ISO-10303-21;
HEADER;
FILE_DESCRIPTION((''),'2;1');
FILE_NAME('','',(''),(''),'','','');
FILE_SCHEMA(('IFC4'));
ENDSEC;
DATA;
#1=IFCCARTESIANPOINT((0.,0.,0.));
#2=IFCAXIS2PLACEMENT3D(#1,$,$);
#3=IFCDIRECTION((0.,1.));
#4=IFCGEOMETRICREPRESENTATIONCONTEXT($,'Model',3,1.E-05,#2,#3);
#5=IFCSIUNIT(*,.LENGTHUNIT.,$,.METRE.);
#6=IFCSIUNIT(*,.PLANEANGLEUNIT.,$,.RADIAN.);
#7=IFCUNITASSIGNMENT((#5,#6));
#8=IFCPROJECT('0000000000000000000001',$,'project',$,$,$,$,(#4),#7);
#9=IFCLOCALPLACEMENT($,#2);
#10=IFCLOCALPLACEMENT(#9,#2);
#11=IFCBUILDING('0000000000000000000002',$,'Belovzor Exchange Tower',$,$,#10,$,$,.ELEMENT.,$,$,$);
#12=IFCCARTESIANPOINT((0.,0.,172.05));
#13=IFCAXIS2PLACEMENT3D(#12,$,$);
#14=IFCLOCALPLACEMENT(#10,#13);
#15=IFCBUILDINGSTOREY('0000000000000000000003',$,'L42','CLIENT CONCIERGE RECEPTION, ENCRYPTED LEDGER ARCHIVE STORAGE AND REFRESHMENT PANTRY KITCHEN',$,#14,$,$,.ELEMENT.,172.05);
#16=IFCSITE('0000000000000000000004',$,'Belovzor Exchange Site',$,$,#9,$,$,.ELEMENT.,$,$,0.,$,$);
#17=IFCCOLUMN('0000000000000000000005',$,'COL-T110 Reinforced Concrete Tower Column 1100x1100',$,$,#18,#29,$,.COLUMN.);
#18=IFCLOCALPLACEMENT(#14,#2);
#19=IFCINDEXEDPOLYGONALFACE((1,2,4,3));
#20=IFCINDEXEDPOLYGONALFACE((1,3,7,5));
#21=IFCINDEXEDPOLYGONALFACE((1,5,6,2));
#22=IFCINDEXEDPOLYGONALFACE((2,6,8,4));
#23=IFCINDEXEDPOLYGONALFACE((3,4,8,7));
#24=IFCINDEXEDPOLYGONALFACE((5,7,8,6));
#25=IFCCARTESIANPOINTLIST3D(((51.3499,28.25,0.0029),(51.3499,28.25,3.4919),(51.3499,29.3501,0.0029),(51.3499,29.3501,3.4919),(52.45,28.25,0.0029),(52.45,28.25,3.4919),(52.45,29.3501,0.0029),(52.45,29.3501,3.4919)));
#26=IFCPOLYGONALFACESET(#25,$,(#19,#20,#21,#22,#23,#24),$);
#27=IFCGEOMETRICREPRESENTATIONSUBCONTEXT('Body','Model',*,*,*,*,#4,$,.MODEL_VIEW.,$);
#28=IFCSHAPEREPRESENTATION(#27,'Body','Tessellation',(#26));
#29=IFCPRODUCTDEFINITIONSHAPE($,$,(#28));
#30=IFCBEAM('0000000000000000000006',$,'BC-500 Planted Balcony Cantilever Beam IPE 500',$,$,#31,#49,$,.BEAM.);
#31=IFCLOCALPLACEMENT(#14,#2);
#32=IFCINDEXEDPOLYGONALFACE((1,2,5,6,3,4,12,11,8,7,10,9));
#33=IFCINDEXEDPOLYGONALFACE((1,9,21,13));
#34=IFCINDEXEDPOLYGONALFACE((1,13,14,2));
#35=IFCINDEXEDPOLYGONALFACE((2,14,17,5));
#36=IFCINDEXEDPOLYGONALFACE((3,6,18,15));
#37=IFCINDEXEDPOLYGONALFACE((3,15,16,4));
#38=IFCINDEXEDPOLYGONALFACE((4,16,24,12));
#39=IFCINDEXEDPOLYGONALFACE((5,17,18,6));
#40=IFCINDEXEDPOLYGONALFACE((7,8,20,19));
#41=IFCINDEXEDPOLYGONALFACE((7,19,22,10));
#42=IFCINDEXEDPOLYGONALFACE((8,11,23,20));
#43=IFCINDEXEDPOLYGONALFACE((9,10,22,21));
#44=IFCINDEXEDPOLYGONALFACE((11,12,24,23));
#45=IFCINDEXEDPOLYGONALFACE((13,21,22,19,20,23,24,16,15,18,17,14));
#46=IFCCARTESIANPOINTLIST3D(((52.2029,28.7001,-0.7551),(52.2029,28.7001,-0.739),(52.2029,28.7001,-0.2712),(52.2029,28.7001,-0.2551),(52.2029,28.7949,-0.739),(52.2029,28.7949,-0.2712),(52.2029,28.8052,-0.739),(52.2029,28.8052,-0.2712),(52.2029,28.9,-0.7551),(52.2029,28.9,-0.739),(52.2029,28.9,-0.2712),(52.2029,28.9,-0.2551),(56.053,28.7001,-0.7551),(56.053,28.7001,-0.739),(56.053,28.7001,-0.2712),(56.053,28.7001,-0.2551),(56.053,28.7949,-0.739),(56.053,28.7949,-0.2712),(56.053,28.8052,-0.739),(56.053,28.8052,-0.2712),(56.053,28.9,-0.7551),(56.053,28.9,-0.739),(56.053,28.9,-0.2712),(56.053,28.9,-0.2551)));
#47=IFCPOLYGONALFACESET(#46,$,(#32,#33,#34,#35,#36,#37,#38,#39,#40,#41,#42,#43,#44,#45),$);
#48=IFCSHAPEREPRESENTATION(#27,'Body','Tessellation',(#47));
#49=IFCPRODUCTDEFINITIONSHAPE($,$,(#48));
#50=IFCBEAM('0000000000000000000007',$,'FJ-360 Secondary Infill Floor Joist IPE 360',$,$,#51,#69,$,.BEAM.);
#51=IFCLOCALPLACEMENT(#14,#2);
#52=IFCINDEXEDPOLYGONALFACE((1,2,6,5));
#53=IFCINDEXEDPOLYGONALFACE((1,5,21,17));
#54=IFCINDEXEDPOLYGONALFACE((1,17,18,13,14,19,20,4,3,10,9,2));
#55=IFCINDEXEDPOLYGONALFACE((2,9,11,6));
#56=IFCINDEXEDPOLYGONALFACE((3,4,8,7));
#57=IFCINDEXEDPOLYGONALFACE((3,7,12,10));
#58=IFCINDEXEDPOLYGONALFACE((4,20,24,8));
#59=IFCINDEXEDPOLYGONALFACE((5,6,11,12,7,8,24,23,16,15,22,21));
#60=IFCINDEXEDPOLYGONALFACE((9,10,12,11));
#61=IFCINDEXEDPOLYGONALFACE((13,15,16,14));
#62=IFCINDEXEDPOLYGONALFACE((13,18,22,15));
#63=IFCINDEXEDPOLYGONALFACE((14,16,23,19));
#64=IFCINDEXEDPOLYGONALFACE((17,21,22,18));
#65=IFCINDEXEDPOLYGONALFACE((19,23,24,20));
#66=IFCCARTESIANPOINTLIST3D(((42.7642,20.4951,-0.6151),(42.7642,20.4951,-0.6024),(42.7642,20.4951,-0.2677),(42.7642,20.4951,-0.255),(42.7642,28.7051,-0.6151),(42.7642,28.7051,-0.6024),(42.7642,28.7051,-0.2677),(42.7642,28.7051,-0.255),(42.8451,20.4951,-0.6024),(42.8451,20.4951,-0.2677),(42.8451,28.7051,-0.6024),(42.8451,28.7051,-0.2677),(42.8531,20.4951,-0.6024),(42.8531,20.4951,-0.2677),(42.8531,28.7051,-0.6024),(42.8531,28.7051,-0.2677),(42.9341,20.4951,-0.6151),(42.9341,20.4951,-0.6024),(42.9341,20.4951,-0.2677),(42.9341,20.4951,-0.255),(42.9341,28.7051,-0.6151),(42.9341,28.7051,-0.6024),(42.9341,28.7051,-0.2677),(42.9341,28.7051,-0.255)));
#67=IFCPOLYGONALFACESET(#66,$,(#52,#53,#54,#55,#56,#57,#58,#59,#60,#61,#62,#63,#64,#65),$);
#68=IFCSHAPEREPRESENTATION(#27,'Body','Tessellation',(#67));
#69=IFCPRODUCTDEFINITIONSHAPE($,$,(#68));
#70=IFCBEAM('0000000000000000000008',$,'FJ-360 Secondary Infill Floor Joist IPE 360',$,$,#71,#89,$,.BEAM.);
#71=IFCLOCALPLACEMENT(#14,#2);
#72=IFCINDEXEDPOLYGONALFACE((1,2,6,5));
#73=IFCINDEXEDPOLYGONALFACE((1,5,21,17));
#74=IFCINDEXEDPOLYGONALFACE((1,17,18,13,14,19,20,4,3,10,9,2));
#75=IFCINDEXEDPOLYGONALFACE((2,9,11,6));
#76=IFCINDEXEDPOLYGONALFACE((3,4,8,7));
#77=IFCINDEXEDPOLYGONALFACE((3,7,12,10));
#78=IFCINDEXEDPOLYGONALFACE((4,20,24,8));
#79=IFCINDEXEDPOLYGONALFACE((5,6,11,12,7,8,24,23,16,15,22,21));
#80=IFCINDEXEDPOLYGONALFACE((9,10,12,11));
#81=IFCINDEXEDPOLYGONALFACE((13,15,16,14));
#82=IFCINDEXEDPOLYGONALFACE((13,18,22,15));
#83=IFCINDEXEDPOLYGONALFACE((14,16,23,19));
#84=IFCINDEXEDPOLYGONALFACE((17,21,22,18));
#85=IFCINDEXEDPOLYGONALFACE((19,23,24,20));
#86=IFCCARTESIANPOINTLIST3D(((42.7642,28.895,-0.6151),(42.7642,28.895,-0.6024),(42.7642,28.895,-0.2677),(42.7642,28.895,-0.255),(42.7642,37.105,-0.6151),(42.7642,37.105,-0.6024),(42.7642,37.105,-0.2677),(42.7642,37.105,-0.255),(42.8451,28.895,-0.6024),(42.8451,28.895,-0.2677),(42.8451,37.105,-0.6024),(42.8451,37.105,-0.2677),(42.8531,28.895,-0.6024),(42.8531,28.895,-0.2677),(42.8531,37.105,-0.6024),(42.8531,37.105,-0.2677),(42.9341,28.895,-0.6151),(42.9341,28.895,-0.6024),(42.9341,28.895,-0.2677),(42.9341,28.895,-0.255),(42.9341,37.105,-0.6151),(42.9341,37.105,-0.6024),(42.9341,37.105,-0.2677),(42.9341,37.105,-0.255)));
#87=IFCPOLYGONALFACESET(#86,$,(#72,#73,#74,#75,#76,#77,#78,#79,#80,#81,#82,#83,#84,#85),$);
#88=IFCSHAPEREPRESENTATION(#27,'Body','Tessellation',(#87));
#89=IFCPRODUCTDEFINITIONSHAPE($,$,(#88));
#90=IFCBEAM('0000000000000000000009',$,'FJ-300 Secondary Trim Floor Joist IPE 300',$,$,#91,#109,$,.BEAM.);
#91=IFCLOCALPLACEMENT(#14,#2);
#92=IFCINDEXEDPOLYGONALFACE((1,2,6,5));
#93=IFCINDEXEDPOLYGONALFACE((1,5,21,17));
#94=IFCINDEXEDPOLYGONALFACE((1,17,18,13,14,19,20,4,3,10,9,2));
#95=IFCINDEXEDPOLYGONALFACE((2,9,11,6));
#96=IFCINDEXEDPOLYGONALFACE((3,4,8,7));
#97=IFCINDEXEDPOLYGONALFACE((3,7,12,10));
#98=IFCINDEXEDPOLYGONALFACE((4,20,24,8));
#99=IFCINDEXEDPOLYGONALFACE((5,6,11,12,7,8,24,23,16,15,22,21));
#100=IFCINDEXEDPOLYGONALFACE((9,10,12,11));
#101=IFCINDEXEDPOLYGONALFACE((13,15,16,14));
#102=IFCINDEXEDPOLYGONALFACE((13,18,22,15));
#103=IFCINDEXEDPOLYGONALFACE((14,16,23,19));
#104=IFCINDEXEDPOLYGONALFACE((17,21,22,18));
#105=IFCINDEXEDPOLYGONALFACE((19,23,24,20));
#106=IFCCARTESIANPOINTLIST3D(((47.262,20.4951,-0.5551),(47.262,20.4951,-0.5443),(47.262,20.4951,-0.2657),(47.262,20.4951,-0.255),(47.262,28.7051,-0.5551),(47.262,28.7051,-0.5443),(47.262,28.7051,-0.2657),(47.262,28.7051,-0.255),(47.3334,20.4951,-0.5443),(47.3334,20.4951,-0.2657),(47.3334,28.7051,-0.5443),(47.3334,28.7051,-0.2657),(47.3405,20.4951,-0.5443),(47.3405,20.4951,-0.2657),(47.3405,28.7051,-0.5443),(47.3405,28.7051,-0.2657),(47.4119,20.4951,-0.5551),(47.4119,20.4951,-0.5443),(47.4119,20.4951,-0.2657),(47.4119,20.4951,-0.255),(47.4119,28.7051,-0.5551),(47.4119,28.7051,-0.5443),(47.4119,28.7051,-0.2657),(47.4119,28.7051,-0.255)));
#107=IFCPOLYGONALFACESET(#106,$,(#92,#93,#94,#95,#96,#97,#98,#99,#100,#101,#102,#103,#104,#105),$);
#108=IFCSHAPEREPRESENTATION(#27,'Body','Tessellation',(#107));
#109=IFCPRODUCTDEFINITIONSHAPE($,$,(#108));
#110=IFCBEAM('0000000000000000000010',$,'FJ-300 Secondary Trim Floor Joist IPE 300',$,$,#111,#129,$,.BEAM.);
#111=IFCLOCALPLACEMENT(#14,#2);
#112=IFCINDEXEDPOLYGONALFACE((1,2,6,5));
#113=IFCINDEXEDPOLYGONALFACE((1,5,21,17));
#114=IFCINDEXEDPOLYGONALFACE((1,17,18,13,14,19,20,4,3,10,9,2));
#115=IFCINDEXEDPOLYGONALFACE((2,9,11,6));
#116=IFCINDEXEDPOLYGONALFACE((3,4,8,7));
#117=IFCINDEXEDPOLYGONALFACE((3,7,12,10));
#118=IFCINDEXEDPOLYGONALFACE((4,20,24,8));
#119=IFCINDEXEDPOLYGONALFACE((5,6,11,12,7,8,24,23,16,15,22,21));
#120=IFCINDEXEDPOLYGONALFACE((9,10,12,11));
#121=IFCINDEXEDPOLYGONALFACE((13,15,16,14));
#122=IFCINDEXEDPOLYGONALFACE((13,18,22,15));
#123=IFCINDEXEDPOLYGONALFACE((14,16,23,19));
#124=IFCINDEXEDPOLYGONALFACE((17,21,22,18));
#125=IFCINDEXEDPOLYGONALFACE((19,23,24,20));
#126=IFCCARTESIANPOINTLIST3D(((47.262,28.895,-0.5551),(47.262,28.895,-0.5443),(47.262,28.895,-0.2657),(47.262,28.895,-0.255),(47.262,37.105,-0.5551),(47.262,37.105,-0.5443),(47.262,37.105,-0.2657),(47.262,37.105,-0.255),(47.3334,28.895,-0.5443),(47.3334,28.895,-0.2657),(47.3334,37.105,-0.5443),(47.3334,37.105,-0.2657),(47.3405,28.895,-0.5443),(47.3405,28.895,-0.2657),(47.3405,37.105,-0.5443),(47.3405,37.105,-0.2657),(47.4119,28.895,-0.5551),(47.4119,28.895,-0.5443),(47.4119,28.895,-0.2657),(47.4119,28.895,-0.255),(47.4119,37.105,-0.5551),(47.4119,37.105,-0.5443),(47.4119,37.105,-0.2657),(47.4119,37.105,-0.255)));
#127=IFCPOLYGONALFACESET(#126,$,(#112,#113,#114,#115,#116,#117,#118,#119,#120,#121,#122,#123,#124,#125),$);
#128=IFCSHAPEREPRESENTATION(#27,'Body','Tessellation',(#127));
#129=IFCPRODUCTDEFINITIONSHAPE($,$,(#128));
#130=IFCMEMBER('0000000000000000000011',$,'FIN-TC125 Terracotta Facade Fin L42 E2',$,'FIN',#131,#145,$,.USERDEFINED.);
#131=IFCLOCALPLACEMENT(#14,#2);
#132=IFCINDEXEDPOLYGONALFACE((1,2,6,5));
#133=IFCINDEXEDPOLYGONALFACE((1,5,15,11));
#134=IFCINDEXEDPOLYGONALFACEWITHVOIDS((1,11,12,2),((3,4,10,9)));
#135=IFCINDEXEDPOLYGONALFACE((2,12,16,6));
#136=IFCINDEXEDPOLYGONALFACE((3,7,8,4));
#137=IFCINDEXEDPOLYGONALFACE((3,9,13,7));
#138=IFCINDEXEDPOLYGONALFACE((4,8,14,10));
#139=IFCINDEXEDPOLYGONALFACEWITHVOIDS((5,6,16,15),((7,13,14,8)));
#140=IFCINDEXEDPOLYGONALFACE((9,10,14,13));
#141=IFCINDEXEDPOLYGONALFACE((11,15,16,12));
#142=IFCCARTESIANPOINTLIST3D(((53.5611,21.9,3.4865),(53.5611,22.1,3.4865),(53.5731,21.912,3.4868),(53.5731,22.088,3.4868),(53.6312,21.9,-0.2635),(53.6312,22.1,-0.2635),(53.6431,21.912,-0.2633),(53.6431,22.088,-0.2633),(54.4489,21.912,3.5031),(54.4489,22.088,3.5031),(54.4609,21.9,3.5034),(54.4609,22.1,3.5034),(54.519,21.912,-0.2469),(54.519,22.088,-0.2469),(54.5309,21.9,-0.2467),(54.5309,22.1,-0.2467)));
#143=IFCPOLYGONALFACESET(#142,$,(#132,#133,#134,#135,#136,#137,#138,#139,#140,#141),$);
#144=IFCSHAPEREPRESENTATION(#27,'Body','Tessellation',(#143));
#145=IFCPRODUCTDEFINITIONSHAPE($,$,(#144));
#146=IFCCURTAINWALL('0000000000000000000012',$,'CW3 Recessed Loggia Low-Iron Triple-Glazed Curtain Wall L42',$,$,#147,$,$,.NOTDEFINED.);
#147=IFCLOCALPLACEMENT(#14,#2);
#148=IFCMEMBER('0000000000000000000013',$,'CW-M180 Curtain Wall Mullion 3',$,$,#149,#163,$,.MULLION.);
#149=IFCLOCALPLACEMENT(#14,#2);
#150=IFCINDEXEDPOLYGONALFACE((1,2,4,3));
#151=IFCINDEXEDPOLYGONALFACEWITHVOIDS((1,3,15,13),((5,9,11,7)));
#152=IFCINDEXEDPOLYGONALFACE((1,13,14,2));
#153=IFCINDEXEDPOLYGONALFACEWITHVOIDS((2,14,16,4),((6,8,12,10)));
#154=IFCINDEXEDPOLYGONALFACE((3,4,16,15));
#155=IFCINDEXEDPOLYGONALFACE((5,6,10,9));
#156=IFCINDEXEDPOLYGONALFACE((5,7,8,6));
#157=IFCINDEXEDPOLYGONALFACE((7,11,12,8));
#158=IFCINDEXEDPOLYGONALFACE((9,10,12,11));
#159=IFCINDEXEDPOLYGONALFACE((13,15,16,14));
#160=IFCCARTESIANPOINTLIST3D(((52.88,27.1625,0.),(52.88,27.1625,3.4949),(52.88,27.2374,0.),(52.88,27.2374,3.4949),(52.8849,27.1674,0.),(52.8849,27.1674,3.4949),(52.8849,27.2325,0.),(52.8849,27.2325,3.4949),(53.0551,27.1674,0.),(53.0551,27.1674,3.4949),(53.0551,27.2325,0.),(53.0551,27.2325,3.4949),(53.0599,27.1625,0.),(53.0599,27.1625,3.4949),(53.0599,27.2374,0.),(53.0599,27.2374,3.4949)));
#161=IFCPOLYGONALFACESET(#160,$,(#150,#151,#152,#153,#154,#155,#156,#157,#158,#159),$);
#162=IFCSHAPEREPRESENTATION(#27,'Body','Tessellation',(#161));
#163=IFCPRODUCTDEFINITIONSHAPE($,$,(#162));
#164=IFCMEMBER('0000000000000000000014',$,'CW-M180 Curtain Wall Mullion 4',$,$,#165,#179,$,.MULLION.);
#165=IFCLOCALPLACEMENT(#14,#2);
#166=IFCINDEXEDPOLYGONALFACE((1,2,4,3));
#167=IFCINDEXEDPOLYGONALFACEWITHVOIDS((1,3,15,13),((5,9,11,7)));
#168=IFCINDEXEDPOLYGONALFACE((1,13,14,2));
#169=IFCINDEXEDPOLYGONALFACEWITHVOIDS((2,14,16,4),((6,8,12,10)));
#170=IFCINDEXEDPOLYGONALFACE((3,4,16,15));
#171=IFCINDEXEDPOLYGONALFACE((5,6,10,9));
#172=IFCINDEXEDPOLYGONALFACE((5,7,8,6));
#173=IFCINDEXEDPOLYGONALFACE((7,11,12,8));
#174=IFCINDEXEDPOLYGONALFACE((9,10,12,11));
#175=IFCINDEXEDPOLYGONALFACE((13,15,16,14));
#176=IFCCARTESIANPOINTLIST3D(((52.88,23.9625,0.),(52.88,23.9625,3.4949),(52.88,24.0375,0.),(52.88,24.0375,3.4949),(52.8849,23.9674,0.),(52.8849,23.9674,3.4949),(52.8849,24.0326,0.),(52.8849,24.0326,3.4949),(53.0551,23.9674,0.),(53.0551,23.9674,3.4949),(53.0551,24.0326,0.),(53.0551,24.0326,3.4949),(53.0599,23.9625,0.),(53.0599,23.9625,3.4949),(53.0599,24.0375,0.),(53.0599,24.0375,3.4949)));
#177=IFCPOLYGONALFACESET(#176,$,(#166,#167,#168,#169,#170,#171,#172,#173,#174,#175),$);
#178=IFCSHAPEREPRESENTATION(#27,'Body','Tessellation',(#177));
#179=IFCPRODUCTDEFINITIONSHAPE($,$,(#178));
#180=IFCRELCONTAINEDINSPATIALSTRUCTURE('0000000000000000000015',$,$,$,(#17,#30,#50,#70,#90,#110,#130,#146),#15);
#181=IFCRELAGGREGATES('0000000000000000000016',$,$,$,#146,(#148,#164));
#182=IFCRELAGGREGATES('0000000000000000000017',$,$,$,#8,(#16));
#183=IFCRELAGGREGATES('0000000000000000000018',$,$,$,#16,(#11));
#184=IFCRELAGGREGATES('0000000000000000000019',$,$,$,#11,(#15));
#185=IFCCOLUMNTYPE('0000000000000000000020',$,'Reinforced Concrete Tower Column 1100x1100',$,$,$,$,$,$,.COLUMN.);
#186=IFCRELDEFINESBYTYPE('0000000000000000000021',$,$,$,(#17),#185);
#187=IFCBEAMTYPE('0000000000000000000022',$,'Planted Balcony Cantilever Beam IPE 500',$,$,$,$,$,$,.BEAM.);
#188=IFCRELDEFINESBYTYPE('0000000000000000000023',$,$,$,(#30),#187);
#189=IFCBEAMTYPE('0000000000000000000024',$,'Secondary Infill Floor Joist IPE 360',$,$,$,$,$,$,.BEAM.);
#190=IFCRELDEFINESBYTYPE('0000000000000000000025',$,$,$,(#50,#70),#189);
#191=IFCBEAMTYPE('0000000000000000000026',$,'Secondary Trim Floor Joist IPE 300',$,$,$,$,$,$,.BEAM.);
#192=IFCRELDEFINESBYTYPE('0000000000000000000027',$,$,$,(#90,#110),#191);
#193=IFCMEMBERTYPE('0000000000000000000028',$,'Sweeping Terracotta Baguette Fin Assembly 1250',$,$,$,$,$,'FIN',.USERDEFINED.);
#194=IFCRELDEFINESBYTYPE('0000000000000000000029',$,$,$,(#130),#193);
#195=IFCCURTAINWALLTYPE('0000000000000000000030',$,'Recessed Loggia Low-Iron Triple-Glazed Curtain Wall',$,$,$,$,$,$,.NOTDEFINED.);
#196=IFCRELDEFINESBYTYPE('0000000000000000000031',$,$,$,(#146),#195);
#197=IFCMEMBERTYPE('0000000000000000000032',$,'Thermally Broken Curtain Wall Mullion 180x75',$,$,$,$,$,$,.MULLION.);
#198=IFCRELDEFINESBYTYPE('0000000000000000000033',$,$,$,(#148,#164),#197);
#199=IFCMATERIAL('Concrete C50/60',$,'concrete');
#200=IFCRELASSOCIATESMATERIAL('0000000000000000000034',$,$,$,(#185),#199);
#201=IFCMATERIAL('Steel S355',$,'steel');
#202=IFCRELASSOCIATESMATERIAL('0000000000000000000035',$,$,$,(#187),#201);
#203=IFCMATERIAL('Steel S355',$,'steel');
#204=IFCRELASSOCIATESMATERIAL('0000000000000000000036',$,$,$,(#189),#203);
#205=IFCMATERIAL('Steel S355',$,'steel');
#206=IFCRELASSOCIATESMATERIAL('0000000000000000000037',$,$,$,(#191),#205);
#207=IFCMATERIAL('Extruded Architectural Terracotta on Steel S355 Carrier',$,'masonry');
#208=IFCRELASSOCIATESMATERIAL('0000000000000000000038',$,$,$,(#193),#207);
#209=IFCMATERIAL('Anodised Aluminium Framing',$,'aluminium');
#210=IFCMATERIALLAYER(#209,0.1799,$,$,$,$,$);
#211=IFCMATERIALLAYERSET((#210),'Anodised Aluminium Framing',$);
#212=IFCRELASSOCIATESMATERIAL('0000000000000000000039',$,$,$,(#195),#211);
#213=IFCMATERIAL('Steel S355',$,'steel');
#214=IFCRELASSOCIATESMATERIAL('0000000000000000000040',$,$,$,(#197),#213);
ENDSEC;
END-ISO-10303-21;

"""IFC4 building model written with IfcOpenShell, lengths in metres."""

from ifc_helpers import new_model, si_unit, direction, frame, origin, origin_2d, place, context, subcontext, project, spatial, rectangle, hollow_rectangle, i_section, extrude, material, layer, layer_set, material_profile, profile_set, type_object, element, aggregate, save


model = new_model("IFC4")

# Units and contexts
model_context = context("Model", 3, precision=1e-05, world=origin(), true_north=direction((0.0, 1.0)))
body_context = subcontext(model_context, "Body", "Model", "MODEL_VIEW")
ifc_project = project(units=[si_unit("LENGTHUNIT", "METRE"), si_unit("PLANEANGLEUNIT", "RADIAN")], contexts=[model_context])

# Site, building, storey
site_placement = place(None, origin())
site = spatial("IfcSite", under=ifc_project, at=site_placement, Name="Belovzor Exchange Site", CompositionType="ELEMENT", RefElevation=0.0)
building_placement = place(site_placement, origin())
building = spatial("IfcBuilding", under=site, at=building_placement, Name="Belovzor Exchange Tower", CompositionType="ELEMENT")
storey_placement = place(building_placement, frame((0.0, 0.0, 172.05)))
storey = spatial("IfcBuildingStorey", under=building, at=storey_placement, Name="L42", Description="CLIENT CONCIERGE RECEPTION, ENCRYPTED LEDGER ARCHIVE STORAGE AND REFRESHMENT PANTRY KITCHEN", CompositionType="ELEMENT", Elevation=172.05)

# Column
ifc_material_1 = material(Name="Concrete C50/60", Category="concrete")
ifc_material_profile_1 = material_profile(ifc_material_1, rectangle(XDim=1.1001, YDim=1.1001, at=origin_2d()))
ifc_profile_set_1 = profile_set([ifc_material_profile_1], Name="Concrete C50/60")
column_type = type_object("IfcColumnType", Name="Reinforced Concrete Tower Column 1100x1100", PredefinedType="COLUMN", material=ifc_profile_set_1)
column_placement = place(storey_placement, frame((51.8999, 28.8, 0.0029), z_axis=(0.0, 0.0, 1.0), x_axis=(1.0, 0.0, 0.0)))
element("IfcColumn", 1, at=column_placement, inside=storey, type_object=column_type, Name="COL-T110 Reinforced Concrete Tower Column 1100x1100", PredefinedType="COLUMN", context=body_context, shape_type="SweptSolid", body=[
    extrude(rectangle(XDim=1.1001, YDim=1.1001, at=origin_2d()), origin(), (0.0, 0.0, 1.0), 3.489),
])

# Beams
ifc_material_2 = material(Name="Steel S355", Category="steel")
ifc_material_profile_2 = material_profile(ifc_material_2, i_section(OverallWidth=0.2, OverallDepth=0.5, WebThickness=0.0103, FlangeThickness=0.0161, at=origin_2d()))
ifc_profile_set_2 = profile_set([ifc_material_profile_2], Name="Steel S355")
beam_type_1 = type_object("IfcBeamType", Name="Planted Balcony Cantilever Beam IPE 500", PredefinedType="BEAM", material=ifc_profile_set_2)
beam_placement = place(storey_placement, frame((52.2029, 28.8, -0.5051), z_axis=(1.0, 0.0, 0.0), x_axis=(0.0, 1.0, 0.0)))
element("IfcBeam", 2, at=beam_placement, inside=storey, type_object=beam_type_1, Name="BC-500 Planted Balcony Cantilever Beam IPE 500", PredefinedType="BEAM", context=body_context, shape_type="SweptSolid", body=[
    extrude(i_section(OverallWidth=0.2, OverallDepth=0.5, WebThickness=0.0103, FlangeThickness=0.0161, at=origin_2d()), origin(), (0.0, 0.0, 1.0), 3.8501),
])
ifc_material_3 = material(Name="Steel S355", Category="steel")
ifc_material_profile_3 = material_profile(ifc_material_3, i_section(OverallWidth=0.1699, OverallDepth=0.3601, WebThickness=0.0081, FlangeThickness=0.0127, at=origin_2d()))
ifc_profile_set_3 = profile_set([ifc_material_profile_3], Name="Steel S355")
beam_type_2 = type_object("IfcBeamType", Name="Secondary Infill Floor Joist IPE 360", PredefinedType="BEAM", material=ifc_profile_set_3)
for number, where, z_axis, x_axis, name in (
    (3, (42.8491, 20.4951, -0.4351), (0.0, 1.0, 0.0), (-1.0, 0.0, 0.0), "FJ-360 Secondary Infill Floor Joist IPE 360"),
    (4, (42.8491, 28.895, -0.4351), (0.0, 1.0, 0.0), (-1.0, 0.0, 0.0), "FJ-360 Secondary Infill Floor Joist IPE 360"),
):
    element("IfcBeam", number, at=place(storey_placement, frame(where, z_axis=z_axis, x_axis=x_axis)), inside=storey, type_object=beam_type_2, Name=name, PredefinedType="BEAM", context=body_context, shape_type="SweptSolid", body=[
        extrude(i_section(OverallWidth=0.1699, OverallDepth=0.3601, WebThickness=0.0081, FlangeThickness=0.0127, at=origin_2d()), origin(), (0.0, 0.0, 1.0), 8.21),
    ])
ifc_material_4 = material(Name="Steel S355", Category="steel")
ifc_material_profile_4 = material_profile(ifc_material_4, i_section(OverallWidth=0.1499, OverallDepth=0.3, WebThickness=0.0071, FlangeThickness=0.0107, at=origin_2d()))
ifc_profile_set_4 = profile_set([ifc_material_profile_4], Name="Steel S355")
beam_type_3 = type_object("IfcBeamType", Name="Secondary Trim Floor Joist IPE 300", PredefinedType="BEAM", material=ifc_profile_set_4)
for number, where, z_axis, x_axis, name in (
    (5, (47.3369, 20.4951, -0.405), (0.0, 1.0, 0.0), (-1.0, 0.0, 0.0), "FJ-300 Secondary Trim Floor Joist IPE 300"),
    (6, (47.3369, 28.895, -0.405), (0.0, 1.0, 0.0), (-1.0, 0.0, 0.0), "FJ-300 Secondary Trim Floor Joist IPE 300"),
):
    element("IfcBeam", number, at=place(storey_placement, frame(where, z_axis=z_axis, x_axis=x_axis)), inside=storey, type_object=beam_type_3, Name=name, PredefinedType="BEAM", context=body_context, shape_type="SweptSolid", body=[
        extrude(i_section(OverallWidth=0.1499, OverallDepth=0.3, WebThickness=0.0071, FlangeThickness=0.0107, at=origin_2d()), origin(), (0.0, 0.0, 1.0), 8.21),
    ])

# Member
ifc_material_5 = material(Name="Extruded Architectural Terracotta on Steel S355 Carrier", Category="masonry")
ifc_material_profile_5 = material_profile(ifc_material_5, hollow_rectangle(XDim=0.2, YDim=0.8999, WallThickness=0.012, at=origin_2d()))
ifc_profile_set_5 = profile_set([ifc_material_profile_5], Name="Extruded Architectural Terracotta on Steel S355 Carrier")
member_type_1 = type_object("IfcMemberType", Name="Sweeping Terracotta Baguette Fin Assembly 1250", ElementType="FIN", PredefinedType="USERDEFINED", material=ifc_profile_set_5)
member_1_placement = place(storey_placement, frame((54.0811, 22.0, -0.2551), z_axis=(-0.018682, 0.0, 0.999825), x_axis=(0.0, -1.0, 0.0)))
element("IfcMember", 7, at=member_1_placement, inside=storey, type_object=member_type_1, Name="FIN-TC125 Terracotta Facade Fin L42 E2", ObjectType="FIN", PredefinedType="USERDEFINED", context=body_context, shape_type="SweptSolid", body=[
    extrude(hollow_rectangle(XDim=0.2, YDim=0.8999, WallThickness=0.012, at=origin_2d()), origin(), (0.0, 0.0, 1.0), 3.7507),
])

# Curtain wall, members
ifc_material_6 = material(Name="Anodised Aluminium Framing", Category="aluminium")
ifc_layer_1 = layer(ifc_material_6, 0.1799)
ifc_layer_set_1 = layer_set([ifc_layer_1], Name="Anodised Aluminium Framing")
curtain_wall_type = type_object("IfcCurtainWallType", Name="Recessed Loggia Low-Iron Triple-Glazed Curtain Wall", PredefinedType="NOTDEFINED", material=ifc_layer_set_1)
curtain_wall_placement = place(storey_placement, origin())
curtain_wall = element("IfcCurtainWall", 8, at=curtain_wall_placement, inside=storey, type_object=curtain_wall_type, Name="CW3 Recessed Loggia Low-Iron Triple-Glazed Curtain Wall L42", PredefinedType="NOTDEFINED")
ifc_material_7 = material(Name="Steel S355", Category="steel")
ifc_material_profile_6 = material_profile(ifc_material_7, hollow_rectangle(XDim=0.075, YDim=0.1799, WallThickness=0.0049, at=origin_2d()))
ifc_profile_set_6 = profile_set([ifc_material_profile_6], Name="Steel S355")
member_type_2 = type_object("IfcMemberType", Name="Thermally Broken Curtain Wall Mullion 180x75", PredefinedType="MULLION", material=ifc_profile_set_6)
member_2_placement = place(storey_placement, frame((52.97, 27.2, 0.0), z_axis=(0.0, 0.0, 1.0), x_axis=(0.0, -1.0, 0.0)))
member_2 = element("IfcMember", 9, at=member_2_placement, type_object=member_type_2, Name="CW-M180 Curtain Wall Mullion 3", PredefinedType="MULLION", context=body_context, shape_type="SweptSolid", body=[
    extrude(hollow_rectangle(XDim=0.075, YDim=0.1799, WallThickness=0.0049, at=origin_2d()), origin(), (0.0, 0.0, 1.0), 3.4949),
])
member_3_placement = place(storey_placement, frame((52.97, 24.0, 0.0), z_axis=(0.0, 0.0, 1.0), x_axis=(0.0, -1.0, 0.0)))
member_3 = element("IfcMember", 10, at=member_3_placement, type_object=member_type_2, Name="CW-M180 Curtain Wall Mullion 4", PredefinedType="MULLION", context=body_context, shape_type="SweptSolid", body=[
    extrude(hollow_rectangle(XDim=0.075, YDim=0.1799, WallThickness=0.0049, at=origin_2d()), origin(), (0.0, 0.0, 1.0), 3.4949),
])
aggregate(curtain_wall, [member_2, member_3])

save(model, "model.ifc")
